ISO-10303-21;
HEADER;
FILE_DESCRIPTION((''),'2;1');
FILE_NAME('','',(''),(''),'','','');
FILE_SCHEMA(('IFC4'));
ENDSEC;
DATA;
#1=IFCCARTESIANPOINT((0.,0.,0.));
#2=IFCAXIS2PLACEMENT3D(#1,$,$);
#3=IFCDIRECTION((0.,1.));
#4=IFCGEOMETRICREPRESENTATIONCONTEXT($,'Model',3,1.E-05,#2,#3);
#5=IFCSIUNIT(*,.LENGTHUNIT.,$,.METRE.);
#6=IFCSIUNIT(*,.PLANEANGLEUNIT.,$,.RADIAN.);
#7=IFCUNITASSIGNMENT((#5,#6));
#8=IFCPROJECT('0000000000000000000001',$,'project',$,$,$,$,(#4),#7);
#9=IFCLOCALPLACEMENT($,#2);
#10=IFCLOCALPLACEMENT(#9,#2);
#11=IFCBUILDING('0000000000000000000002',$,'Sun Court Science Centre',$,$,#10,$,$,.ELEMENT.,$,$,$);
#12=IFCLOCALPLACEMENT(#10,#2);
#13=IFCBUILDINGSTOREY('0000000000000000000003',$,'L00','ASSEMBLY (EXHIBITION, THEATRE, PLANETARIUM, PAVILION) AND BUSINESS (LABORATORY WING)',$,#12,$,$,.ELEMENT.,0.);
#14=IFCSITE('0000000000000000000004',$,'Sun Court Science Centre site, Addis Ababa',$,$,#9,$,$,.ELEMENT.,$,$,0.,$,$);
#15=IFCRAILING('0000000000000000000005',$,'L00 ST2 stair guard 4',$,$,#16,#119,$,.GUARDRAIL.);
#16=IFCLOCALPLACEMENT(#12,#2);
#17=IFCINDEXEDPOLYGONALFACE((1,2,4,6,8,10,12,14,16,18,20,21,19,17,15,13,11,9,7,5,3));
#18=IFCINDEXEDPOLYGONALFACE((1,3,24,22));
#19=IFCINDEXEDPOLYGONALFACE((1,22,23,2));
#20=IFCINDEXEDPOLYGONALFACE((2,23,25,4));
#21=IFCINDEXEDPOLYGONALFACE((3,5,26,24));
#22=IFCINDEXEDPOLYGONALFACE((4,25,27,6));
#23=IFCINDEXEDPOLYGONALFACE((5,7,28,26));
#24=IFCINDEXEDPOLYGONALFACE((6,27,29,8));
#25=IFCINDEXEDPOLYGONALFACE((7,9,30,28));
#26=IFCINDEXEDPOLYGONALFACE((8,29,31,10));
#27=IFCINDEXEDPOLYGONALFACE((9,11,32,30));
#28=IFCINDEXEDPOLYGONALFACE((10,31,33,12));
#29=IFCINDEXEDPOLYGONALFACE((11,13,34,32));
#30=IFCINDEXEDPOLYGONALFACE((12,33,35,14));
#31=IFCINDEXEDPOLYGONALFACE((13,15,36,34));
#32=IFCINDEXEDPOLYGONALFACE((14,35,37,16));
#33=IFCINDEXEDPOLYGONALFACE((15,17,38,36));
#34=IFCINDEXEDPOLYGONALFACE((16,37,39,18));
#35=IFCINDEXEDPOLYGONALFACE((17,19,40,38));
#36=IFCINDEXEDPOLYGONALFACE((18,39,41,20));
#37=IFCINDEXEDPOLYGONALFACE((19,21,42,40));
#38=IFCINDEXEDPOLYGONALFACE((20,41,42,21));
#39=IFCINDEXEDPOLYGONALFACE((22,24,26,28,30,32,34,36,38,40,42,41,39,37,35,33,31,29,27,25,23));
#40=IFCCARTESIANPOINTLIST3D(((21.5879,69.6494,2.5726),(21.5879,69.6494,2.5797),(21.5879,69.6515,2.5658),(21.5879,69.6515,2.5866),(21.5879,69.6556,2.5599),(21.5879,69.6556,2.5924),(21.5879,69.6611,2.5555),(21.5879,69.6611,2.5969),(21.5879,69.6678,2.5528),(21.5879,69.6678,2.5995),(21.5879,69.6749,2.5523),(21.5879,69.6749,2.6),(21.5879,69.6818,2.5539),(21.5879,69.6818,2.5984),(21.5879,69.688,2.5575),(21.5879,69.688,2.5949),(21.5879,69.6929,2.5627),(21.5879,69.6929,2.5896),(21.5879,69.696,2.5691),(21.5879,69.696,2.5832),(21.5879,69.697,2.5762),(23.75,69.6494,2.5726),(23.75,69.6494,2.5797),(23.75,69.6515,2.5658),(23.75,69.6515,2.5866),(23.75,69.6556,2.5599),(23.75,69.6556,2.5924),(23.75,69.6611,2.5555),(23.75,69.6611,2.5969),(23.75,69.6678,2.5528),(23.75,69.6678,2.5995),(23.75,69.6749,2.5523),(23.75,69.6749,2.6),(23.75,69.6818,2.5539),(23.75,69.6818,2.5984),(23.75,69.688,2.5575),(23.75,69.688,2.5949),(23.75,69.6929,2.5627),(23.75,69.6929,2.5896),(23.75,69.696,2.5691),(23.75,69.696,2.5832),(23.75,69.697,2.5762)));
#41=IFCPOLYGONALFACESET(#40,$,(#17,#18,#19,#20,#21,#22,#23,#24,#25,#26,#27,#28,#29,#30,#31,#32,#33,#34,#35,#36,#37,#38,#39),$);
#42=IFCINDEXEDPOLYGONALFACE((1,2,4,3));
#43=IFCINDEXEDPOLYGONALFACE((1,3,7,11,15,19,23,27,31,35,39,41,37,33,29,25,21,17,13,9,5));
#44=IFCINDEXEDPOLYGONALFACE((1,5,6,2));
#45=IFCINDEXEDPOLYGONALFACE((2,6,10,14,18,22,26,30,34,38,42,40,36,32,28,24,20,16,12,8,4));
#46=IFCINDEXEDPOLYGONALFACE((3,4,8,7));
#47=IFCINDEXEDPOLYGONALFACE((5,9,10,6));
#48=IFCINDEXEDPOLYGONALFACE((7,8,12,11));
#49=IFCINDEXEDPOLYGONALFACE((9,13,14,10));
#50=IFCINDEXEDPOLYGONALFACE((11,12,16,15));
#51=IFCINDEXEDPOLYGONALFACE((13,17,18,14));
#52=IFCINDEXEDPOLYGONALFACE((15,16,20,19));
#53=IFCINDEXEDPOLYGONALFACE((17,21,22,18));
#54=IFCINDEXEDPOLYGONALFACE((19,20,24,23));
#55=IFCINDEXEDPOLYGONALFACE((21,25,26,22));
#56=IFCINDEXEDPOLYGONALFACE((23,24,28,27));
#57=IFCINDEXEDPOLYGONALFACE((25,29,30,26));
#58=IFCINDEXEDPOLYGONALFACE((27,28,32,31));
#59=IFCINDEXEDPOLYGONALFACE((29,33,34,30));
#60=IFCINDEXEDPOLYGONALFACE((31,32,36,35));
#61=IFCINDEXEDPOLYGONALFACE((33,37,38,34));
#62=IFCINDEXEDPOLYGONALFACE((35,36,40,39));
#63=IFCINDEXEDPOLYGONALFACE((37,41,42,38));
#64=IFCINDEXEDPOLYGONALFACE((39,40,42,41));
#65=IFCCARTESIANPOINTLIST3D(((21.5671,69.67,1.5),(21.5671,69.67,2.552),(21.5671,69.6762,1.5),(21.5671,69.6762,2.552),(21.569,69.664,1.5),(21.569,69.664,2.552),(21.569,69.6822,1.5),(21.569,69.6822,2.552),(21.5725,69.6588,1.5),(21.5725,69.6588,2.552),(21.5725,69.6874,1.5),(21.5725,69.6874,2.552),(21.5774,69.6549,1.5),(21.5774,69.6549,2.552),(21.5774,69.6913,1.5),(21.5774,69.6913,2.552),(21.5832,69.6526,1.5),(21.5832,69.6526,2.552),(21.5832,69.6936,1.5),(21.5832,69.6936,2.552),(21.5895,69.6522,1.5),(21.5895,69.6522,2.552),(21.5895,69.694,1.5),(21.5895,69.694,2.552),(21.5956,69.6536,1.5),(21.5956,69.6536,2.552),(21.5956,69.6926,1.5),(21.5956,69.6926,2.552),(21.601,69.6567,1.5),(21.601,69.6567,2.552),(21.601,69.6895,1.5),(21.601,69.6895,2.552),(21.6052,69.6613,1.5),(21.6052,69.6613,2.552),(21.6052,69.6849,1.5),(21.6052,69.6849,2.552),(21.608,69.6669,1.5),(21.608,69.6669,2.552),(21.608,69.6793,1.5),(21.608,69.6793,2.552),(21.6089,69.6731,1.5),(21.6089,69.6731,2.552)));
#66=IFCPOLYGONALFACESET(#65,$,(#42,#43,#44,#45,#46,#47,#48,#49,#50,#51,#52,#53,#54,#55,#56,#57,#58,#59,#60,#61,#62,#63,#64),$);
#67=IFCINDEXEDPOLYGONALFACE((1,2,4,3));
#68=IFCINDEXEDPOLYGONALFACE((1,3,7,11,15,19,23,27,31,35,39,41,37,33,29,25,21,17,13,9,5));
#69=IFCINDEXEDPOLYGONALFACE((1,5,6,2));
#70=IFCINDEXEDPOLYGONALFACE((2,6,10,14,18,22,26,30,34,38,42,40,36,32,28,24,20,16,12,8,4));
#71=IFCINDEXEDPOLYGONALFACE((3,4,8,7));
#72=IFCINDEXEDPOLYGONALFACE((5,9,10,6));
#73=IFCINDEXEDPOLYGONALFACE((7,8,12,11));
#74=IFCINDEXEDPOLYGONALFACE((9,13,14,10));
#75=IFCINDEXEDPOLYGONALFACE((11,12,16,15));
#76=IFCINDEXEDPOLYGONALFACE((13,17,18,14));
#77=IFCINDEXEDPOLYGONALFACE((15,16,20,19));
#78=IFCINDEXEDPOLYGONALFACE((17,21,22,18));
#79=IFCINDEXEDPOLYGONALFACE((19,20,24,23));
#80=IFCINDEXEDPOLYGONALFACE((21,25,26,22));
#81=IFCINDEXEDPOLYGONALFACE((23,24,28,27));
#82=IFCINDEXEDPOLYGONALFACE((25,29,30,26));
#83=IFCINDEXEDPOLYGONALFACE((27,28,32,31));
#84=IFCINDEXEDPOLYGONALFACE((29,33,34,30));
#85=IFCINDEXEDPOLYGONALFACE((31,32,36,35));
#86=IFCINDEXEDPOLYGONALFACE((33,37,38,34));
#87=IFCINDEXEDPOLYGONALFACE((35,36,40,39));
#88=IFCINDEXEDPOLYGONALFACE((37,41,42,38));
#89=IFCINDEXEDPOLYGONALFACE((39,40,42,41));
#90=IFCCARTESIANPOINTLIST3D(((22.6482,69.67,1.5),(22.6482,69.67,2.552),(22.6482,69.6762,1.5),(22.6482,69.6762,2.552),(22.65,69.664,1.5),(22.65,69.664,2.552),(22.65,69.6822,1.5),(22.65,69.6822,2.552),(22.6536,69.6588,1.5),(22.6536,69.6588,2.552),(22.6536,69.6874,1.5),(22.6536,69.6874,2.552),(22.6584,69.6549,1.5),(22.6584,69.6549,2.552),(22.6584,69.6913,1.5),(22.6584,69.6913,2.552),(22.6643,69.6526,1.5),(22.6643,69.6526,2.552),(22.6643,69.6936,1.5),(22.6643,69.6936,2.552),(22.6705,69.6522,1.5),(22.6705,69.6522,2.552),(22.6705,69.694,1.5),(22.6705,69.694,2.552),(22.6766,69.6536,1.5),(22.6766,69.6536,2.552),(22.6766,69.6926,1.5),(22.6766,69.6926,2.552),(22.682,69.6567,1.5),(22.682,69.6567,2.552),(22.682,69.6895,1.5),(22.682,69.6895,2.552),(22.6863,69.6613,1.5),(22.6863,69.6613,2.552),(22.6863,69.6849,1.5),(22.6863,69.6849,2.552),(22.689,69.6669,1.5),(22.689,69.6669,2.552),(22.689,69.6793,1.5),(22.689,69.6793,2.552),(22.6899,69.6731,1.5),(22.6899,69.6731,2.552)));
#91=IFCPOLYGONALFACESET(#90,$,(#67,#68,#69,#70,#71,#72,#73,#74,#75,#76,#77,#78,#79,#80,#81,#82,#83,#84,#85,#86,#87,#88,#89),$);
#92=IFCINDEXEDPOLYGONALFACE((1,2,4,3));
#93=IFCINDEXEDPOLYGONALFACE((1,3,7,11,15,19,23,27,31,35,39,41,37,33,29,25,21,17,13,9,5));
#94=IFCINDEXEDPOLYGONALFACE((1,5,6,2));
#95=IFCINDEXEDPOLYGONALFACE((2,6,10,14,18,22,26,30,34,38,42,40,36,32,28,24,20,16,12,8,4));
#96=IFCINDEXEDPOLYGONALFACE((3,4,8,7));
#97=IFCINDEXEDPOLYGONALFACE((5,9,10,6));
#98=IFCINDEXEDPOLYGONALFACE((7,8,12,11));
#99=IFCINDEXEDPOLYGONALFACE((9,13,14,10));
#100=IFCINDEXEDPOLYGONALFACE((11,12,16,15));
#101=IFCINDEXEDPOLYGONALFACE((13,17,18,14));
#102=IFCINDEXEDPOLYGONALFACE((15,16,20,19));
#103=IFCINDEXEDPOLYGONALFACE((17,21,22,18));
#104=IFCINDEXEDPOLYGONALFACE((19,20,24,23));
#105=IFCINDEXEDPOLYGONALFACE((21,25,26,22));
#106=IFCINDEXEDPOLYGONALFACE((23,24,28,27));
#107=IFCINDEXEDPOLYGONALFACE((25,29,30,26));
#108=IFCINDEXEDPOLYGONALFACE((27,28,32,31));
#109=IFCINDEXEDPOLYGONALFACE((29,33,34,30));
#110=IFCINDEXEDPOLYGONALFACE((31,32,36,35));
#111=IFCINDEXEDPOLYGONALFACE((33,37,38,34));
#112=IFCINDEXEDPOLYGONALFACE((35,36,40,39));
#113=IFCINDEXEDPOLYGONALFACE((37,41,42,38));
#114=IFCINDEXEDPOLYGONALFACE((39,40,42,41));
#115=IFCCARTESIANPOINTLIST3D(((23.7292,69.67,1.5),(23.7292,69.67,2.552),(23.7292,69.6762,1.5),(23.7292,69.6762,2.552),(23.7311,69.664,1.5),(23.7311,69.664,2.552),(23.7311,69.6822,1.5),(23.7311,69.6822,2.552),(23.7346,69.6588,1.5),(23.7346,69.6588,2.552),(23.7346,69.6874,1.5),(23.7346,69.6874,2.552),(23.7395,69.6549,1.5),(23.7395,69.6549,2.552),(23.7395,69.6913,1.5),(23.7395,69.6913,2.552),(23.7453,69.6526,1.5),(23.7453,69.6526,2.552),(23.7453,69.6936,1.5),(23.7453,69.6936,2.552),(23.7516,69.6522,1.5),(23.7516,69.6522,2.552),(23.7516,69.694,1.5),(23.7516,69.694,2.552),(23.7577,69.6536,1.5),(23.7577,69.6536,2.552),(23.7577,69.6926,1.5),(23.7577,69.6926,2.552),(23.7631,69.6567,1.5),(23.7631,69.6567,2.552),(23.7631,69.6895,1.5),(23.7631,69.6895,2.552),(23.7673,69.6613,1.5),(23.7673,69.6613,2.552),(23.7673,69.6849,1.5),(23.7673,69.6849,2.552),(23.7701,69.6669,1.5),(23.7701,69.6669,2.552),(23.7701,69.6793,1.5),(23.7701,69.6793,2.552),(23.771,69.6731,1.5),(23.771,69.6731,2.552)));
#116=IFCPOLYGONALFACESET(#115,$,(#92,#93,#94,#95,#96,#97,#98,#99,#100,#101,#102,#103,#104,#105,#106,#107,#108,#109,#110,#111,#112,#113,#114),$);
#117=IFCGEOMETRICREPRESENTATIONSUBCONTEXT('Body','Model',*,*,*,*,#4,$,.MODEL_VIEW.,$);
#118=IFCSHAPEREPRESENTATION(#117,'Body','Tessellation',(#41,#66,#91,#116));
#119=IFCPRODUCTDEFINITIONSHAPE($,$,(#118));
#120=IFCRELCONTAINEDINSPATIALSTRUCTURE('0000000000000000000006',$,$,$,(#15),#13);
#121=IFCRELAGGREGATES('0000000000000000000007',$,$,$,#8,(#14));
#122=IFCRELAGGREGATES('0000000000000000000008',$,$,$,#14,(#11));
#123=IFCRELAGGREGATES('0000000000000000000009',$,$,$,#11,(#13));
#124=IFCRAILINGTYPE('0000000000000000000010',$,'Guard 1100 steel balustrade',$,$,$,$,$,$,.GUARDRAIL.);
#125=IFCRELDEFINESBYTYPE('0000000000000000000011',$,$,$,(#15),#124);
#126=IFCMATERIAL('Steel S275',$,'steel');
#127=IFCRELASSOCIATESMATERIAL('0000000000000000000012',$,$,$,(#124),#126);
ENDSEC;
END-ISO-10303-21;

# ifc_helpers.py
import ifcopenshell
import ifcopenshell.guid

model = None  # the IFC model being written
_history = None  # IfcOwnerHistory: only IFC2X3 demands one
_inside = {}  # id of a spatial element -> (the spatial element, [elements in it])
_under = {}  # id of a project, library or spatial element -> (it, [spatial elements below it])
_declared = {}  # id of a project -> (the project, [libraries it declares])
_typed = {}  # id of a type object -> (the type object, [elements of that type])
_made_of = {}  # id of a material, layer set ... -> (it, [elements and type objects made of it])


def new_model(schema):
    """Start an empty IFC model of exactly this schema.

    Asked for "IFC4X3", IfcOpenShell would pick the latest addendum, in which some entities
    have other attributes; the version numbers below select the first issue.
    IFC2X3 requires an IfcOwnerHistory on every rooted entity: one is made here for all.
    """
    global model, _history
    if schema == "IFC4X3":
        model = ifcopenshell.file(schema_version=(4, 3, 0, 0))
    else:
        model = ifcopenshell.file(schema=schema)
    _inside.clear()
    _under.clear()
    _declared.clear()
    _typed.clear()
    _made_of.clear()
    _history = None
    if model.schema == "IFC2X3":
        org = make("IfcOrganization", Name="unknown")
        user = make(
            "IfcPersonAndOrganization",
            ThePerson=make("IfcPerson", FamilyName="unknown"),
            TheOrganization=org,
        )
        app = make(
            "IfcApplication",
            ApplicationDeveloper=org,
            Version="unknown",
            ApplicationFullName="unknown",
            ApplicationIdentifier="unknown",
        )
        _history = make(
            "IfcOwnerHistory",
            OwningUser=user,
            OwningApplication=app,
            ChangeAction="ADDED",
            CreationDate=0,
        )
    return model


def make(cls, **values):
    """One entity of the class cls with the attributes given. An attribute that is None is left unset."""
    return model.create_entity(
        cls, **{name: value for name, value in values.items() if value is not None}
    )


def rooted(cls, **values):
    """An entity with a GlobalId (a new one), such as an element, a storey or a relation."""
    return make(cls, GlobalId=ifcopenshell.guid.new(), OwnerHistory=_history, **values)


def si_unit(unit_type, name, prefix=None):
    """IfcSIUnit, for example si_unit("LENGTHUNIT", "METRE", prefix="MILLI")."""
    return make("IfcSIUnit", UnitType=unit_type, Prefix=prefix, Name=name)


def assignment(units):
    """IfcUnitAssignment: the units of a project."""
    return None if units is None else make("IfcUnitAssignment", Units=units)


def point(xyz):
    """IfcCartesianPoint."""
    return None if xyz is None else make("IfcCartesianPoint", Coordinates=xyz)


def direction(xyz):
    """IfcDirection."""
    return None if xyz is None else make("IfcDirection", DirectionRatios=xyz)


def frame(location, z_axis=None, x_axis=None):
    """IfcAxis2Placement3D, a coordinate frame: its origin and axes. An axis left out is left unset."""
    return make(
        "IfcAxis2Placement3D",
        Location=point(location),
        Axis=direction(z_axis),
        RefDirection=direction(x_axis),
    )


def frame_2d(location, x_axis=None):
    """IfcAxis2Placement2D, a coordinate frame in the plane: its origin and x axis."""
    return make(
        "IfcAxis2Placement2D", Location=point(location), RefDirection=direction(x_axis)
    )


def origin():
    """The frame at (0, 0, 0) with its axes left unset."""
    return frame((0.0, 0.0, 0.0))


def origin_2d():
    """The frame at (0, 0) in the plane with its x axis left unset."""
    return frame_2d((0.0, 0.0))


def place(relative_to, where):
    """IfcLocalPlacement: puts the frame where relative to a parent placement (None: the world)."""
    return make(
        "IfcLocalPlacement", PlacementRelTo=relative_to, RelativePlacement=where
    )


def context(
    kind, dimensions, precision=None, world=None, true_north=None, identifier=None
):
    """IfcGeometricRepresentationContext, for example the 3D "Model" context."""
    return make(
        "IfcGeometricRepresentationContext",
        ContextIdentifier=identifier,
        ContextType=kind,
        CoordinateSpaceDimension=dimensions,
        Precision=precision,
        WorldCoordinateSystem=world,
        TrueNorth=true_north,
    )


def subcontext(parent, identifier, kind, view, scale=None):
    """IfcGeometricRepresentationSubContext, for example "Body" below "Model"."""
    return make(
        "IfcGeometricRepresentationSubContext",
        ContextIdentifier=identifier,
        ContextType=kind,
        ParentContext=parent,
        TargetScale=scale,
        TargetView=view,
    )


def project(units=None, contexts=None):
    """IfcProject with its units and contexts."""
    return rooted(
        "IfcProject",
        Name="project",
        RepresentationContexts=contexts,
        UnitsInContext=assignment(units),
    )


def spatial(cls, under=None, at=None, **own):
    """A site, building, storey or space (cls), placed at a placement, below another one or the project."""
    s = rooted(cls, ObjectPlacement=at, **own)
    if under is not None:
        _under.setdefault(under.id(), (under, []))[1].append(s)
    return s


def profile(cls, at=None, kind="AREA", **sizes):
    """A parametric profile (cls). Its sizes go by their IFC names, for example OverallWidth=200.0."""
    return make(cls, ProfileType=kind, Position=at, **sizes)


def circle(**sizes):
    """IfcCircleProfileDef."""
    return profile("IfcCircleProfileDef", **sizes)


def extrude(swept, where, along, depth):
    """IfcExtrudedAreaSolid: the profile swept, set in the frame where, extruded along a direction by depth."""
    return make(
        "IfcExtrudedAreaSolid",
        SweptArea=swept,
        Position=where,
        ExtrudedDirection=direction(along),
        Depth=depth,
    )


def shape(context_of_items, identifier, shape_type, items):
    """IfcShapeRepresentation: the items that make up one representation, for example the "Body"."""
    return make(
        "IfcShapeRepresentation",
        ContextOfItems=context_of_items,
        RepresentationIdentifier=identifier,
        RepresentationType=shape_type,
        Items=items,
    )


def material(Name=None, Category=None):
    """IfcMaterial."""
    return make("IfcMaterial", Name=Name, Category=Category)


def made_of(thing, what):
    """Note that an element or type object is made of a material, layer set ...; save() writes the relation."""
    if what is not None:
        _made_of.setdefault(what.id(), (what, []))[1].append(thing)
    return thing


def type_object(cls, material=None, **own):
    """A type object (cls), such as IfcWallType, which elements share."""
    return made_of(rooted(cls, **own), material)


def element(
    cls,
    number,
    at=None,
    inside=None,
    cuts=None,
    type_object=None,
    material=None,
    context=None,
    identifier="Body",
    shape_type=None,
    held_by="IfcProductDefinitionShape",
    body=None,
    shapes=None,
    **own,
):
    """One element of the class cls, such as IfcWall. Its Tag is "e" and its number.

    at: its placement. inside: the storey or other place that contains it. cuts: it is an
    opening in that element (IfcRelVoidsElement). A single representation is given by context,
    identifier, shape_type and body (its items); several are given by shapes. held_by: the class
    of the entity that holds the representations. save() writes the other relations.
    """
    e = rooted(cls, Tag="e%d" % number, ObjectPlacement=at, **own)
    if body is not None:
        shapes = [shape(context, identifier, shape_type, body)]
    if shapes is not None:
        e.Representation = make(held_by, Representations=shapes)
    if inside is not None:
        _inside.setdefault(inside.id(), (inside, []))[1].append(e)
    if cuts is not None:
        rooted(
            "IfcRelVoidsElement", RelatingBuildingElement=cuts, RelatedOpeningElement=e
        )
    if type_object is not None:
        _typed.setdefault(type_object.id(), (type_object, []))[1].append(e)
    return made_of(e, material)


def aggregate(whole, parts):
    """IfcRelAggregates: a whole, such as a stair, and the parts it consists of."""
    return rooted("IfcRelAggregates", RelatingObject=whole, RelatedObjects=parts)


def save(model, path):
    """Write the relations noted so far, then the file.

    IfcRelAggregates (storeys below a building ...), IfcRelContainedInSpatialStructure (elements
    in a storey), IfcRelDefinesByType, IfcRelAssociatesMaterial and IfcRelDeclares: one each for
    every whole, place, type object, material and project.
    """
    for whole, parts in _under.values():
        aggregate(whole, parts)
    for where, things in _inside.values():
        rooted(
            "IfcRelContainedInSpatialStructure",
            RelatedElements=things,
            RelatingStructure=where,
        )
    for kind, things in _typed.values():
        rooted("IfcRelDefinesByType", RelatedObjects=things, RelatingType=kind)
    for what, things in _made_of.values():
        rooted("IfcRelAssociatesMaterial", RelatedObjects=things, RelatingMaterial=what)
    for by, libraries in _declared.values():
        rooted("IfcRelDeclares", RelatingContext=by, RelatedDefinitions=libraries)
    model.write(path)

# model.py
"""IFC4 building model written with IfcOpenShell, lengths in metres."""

from ifc_helpers import new_model, si_unit, direction, frame, origin, origin_2d, place, context, subcontext, project, spatial, circle, extrude, material, type_object, element, save


model = new_model("IFC4")

# Units and contexts
model_context = context("Model", 3, precision=1e-05, world=origin(), true_north=direction((0.0, 1.0)))
body_context = subcontext(model_context, "Body", "Model", "MODEL_VIEW")
ifc_project = project(units=[si_unit("LENGTHUNIT", "METRE"), si_unit("PLANEANGLEUNIT", "RADIAN")], contexts=[model_context])

# Site, building, storey
site_placement = place(None, origin())
site = spatial("IfcSite", under=ifc_project, at=site_placement, Name="Sun Court Science Centre site, Addis Ababa", CompositionType="ELEMENT", RefElevation=0.0)
building_placement = place(site_placement, origin())
building = spatial("IfcBuilding", under=site, at=building_placement, Name="Sun Court Science Centre", CompositionType="ELEMENT")
storey_placement = place(building_placement, origin())
storey = spatial("IfcBuildingStorey", under=building, at=storey_placement, Name="L00", Description="ASSEMBLY (EXHIBITION, THEATRE, PLANETARIUM, PAVILION) AND BUSINESS (LABORATORY WING)", CompositionType="ELEMENT", Elevation=0.0)

# Railing
ifc_material_1 = material(Name="Steel S275", Category="steel")
railing_type = type_object("IfcRailingType", Name="Guard 1100 steel balustrade", PredefinedType="GUARDRAIL", material=ifc_material_1)
for number, where, name in (
    (1, (21.5879, 69.6731, 1.5), "L00 ST2 stair guard 4"),
):
    element("IfcRailing", number, at=place(storey_placement, frame(where)), inside=storey, type_object=railing_type, Name=name, PredefinedType="GUARDRAIL", context=body_context, shape_type="SweptSolid", body=[
        extrude(circle(Radius=0.0239, at=origin_2d()), frame((0.0, 0.0, 1.0762), z_axis=(1.0, 0.0, 0.0), x_axis=(0.0, 1.0, 0.0)), (0.0, 0.0, 1.0), 2.1621),
        extrude(circle(Radius=0.021, at=origin_2d()), origin(), (0.0, 0.0, 1.0), 1.052),
        extrude(circle(Radius=0.021, at=origin_2d()), frame((1.0811, 0.0, 0.0)), (0.0, 0.0, 1.0), 1.052),
        extrude(circle(Radius=0.021, at=origin_2d()), frame((2.1621, 0.0, 0.0)), (0.0, 0.0, 1.0), 1.052),
    ])

save(model, "model.ifc")
